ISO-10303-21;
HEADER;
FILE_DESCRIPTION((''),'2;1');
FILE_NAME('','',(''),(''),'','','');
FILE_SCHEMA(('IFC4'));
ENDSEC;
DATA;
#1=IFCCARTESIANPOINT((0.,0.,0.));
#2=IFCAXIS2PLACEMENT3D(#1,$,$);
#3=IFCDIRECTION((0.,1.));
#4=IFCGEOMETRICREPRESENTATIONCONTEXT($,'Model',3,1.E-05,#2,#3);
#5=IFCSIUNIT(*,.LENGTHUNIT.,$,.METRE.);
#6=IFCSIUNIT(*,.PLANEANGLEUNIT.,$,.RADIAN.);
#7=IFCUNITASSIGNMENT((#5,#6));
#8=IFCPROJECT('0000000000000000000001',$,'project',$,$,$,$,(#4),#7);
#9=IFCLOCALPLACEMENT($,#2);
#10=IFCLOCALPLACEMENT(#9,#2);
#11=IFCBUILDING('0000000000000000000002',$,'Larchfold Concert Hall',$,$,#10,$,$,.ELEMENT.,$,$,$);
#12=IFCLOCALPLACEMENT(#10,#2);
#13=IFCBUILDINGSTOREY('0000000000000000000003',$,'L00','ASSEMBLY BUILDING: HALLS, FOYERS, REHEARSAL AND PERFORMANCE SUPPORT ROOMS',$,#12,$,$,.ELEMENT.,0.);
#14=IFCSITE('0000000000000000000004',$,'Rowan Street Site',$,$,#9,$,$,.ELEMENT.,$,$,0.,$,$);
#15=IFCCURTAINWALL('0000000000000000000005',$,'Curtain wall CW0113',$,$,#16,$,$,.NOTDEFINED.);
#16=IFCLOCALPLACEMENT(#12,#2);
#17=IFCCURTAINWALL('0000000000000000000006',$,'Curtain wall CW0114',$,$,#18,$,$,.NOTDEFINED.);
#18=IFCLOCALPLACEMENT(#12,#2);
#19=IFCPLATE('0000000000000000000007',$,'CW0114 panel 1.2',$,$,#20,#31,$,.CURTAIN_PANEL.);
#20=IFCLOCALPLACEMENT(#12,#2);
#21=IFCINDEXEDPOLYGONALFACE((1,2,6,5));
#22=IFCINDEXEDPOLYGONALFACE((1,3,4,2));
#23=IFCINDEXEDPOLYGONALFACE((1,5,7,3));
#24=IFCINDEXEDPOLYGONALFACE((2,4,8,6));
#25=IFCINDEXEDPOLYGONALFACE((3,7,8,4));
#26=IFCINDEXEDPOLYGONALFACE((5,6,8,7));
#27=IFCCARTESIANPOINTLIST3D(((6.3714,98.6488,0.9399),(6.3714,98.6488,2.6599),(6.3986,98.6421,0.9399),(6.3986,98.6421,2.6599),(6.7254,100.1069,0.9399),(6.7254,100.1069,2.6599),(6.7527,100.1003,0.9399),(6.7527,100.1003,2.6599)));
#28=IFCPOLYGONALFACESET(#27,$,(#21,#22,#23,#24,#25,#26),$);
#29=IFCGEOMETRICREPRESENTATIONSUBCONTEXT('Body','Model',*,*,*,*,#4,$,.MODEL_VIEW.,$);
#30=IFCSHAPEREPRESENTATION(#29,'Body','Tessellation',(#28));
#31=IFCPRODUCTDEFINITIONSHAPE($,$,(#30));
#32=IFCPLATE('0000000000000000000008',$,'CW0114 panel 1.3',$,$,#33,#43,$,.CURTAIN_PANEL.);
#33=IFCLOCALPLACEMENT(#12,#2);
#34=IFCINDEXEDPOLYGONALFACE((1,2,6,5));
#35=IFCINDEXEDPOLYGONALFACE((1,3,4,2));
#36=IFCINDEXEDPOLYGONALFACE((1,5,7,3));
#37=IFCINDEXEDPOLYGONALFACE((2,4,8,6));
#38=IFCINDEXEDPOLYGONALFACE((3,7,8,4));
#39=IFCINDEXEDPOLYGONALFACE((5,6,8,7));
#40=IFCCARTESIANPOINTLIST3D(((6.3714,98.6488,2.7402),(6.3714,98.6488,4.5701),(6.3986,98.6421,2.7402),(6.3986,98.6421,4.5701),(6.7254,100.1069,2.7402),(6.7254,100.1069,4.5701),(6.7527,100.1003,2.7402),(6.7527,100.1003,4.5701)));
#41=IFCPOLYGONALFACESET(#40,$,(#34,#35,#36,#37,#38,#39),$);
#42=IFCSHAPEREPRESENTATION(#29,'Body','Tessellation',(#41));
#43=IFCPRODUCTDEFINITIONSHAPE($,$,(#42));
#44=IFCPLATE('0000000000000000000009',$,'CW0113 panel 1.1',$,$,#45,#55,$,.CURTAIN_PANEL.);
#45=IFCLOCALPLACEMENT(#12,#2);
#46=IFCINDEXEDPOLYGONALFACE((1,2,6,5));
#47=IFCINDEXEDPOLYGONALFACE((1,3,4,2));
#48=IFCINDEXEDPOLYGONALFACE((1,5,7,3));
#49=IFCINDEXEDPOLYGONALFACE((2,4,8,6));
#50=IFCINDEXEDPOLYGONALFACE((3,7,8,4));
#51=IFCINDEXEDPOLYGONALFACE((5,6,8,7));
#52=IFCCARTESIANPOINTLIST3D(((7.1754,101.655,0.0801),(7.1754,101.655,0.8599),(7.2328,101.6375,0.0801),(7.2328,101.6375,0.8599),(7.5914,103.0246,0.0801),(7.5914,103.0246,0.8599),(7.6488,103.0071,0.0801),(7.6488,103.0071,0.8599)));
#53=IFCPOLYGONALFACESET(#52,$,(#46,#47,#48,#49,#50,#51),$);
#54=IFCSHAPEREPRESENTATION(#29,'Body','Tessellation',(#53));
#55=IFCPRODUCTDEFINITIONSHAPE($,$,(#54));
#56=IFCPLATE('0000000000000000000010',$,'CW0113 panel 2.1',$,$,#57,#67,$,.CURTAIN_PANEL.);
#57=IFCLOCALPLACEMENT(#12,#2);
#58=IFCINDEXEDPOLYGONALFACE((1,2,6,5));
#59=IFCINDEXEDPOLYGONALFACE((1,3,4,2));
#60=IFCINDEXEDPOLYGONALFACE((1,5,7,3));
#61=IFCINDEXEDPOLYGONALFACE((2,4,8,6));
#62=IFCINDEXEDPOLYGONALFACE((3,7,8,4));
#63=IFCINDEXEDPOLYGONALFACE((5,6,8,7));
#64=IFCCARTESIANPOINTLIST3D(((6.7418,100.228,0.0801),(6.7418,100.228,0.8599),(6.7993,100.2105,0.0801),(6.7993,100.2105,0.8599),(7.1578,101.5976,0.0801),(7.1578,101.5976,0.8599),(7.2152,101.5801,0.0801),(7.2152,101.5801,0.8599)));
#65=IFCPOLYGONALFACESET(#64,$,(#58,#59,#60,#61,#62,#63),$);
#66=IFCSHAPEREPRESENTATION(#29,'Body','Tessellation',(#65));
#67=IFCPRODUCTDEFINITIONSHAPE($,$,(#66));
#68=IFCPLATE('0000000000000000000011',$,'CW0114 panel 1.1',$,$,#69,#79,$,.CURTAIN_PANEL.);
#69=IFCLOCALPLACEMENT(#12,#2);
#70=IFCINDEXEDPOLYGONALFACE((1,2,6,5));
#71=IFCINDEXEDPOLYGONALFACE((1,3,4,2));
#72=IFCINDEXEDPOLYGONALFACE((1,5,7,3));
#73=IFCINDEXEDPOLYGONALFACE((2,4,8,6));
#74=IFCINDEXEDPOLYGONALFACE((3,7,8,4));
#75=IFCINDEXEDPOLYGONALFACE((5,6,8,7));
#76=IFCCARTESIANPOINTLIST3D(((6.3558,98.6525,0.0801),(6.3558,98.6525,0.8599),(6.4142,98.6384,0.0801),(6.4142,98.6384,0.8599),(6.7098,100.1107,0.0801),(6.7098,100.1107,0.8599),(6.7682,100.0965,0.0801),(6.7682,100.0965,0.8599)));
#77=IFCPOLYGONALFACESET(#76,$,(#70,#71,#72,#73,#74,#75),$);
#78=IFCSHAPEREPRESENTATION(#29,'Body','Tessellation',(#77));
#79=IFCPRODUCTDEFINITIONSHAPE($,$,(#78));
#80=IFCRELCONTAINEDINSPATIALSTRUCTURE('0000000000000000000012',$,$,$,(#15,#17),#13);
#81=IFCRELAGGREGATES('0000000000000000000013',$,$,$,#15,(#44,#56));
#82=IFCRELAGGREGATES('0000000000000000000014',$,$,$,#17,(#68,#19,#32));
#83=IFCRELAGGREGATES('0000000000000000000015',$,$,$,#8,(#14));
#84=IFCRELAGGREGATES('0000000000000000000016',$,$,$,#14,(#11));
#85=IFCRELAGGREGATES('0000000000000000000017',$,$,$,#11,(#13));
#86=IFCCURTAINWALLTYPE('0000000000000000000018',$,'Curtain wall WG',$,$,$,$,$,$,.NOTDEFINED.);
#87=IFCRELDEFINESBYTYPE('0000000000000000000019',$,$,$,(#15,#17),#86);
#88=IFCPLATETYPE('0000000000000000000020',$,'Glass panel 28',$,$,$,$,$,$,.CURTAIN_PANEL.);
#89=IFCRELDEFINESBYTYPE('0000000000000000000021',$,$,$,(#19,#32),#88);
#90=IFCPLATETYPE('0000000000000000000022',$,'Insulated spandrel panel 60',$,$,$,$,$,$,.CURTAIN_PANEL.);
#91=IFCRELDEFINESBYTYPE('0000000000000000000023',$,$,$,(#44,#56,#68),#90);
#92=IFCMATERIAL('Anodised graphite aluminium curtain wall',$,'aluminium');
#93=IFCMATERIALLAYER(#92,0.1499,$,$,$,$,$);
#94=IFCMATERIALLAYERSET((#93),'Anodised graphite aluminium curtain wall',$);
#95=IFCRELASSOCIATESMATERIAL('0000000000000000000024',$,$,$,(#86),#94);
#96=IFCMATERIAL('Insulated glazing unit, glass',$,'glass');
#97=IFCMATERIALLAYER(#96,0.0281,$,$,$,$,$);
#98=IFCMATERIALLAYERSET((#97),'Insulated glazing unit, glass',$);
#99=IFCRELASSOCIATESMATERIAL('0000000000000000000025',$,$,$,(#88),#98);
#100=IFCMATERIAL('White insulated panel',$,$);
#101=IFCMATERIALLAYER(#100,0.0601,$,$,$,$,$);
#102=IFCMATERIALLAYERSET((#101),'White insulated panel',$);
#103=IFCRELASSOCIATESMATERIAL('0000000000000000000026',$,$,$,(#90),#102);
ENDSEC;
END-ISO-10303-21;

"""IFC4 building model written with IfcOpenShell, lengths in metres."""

from ifc_helpers import new_model, si_unit, direction, frame, origin, origin_2d, place, context, subcontext, project, spatial, rectangle, extrude, material, layer, layer_set, type_object, element, aggregate, save


model = new_model("IFC4")

# Units and contexts
model_context = context("Model", 3, precision=1e-05, world=origin(), true_north=direction((0.0, 1.0)))
body_context = subcontext(model_context, "Body", "Model", "MODEL_VIEW")
ifc_project = project(units=[si_unit("LENGTHUNIT", "METRE"), si_unit("PLANEANGLEUNIT", "RADIAN")], contexts=[model_context])

# Site, building, storey
site_placement = place(None, origin())
site = spatial("IfcSite", under=ifc_project, at=site_placement, Name="Rowan Street Site", CompositionType="ELEMENT", RefElevation=0.0)
building_placement = place(site_placement, origin())
building = spatial("IfcBuilding", under=site, at=building_placement, Name="Larchfold Concert Hall", CompositionType="ELEMENT")
storey_placement = place(building_placement, origin())
storey = spatial("IfcBuildingStorey", under=building, at=storey_placement, Name="L00", Description="ASSEMBLY BUILDING: HALLS, FOYERS, REHEARSAL AND PERFORMANCE SUPPORT ROOMS", CompositionType="ELEMENT", Elevation=0.0)

# Shared definitions
ifc_material_1 = material(Name="Anodised graphite aluminium curtain wall", Category="aluminium")
ifc_layer_1 = layer(ifc_material_1, 0.1499)
ifc_layer_set_1 = layer_set([ifc_layer_1], Name="Anodised graphite aluminium curtain wall")
curtain_wall_type = type_object("IfcCurtainWallType", Name="Curtain wall WG", PredefinedType="NOTDEFINED", material=ifc_layer_set_1)

# Curtain walls
curtain_wall_1_placement = place(storey_placement, origin())
curtain_wall_1 = element("IfcCurtainWall", 1, at=curtain_wall_1_placement, inside=storey, type_object=curtain_wall_type, Name="Curtain wall CW0113", PredefinedType="NOTDEFINED")
curtain_wall_2_placement = place(storey_placement, origin())
curtain_wall_2 = element("IfcCurtainWall", 2, at=curtain_wall_2_placement, inside=storey, type_object=curtain_wall_type, Name="Curtain wall CW0114", PredefinedType="NOTDEFINED")

# Plates
ifc_material_2 = material(Name="Insulated glazing unit, glass", Category="glass")
ifc_layer_2 = layer(ifc_material_2, 0.0281)
ifc_layer_set_2 = layer_set([ifc_layer_2], Name="Insulated glazing unit, glass")
plate_type_1 = type_object("IfcPlateType", Name="Glass panel 28", PredefinedType="CURTAIN_PANEL", material=ifc_layer_set_2)
plate_1_placement = place(storey_placement, frame((6.562, 99.3745, 0.9399), z_axis=(0.0, 0.0, 1.0), x_axis=(-0.235938, -0.971768, 0.0)))
plate_1 = element("IfcPlate", 3, at=plate_1_placement, type_object=plate_type_1, Name="CW0114 panel 1.2", PredefinedType="CURTAIN_PANEL", context=body_context, shape_type="SweptSolid", body=[
    extrude(rectangle(XDim=1.5005, YDim=0.0281, at=origin_2d()), origin(), (0.0, 0.0, 1.0), 1.72),
])
plate_2_placement = place(storey_placement, frame((6.562, 99.3745, 2.7402), z_axis=(0.0, 0.0, 1.0), x_axis=(-0.235938, -0.971768, 0.0)))
plate_2 = element("IfcPlate", 4, at=plate_2_placement, type_object=plate_type_1, Name="CW0114 panel 1.3", PredefinedType="CURTAIN_PANEL", context=body_context, shape_type="SweptSolid", body=[
    extrude(rectangle(XDim=1.5005, YDim=0.0281, at=origin_2d()), origin(), (0.0, 0.0, 1.0), 1.8298),
])
ifc_material_3 = material(Name="White insulated panel")
ifc_layer_3 = layer(ifc_material_3, 0.0601)
ifc_layer_set_3 = layer_set([ifc_layer_3], Name="White insulated panel")
plate_type_2 = type_object("IfcPlateType", Name="Insulated spandrel panel 60", PredefinedType="CURTAIN_PANEL", material=ifc_layer_set_3)
plate_3_placement = place(storey_placement, frame((7.4121, 102.3311, 0.0801), z_axis=(0.0, 0.0, 1.0), x_axis=(-0.290622, -0.956838, 0.0)))
plate_3 = element("IfcPlate", 5, at=plate_3_placement, type_object=plate_type_2, Name="CW0113 panel 1.1", PredefinedType="CURTAIN_PANEL", context=body_context, shape_type="SweptSolid", body=[
    extrude(rectangle(XDim=1.4314, YDim=0.0601, at=origin_2d()), origin(), (0.0, 0.0, 1.0), 0.7798),
])
plate_4_placement = place(storey_placement, frame((6.9785, 100.9041, 0.0801), z_axis=(0.0, 0.0, 1.0), x_axis=(-0.290622, -0.956838, 0.0)))
plate_4 = element("IfcPlate", 6, at=plate_4_placement, type_object=plate_type_2, Name="CW0113 panel 2.1", PredefinedType="CURTAIN_PANEL", context=body_context, shape_type="SweptSolid", body=[
    extrude(rectangle(XDim=1.4314, YDim=0.0601, at=origin_2d()), origin(), (0.0, 0.0, 1.0), 0.7798),
])
aggregate(curtain_wall_1, [plate_3, plate_4])
plate_5_placement = place(storey_placement, frame((6.562, 99.3745, 0.0801), z_axis=(0.0, 0.0, 1.0), x_axis=(-0.235938, -0.971768, 0.0)))
plate_5 = element("IfcPlate", 7, at=plate_5_placement, type_object=plate_type_2, Name="CW0114 panel 1.1", PredefinedType="CURTAIN_PANEL", context=body_context, shape_type="SweptSolid", body=[
    extrude(rectangle(XDim=1.5005, YDim=0.0601, at=origin_2d()), origin(), (0.0, 0.0, 1.0), 0.7798),
])
aggregate(curtain_wall_2, [plate_5, plate_1, plate_2])

save(model, "model.ifc")
